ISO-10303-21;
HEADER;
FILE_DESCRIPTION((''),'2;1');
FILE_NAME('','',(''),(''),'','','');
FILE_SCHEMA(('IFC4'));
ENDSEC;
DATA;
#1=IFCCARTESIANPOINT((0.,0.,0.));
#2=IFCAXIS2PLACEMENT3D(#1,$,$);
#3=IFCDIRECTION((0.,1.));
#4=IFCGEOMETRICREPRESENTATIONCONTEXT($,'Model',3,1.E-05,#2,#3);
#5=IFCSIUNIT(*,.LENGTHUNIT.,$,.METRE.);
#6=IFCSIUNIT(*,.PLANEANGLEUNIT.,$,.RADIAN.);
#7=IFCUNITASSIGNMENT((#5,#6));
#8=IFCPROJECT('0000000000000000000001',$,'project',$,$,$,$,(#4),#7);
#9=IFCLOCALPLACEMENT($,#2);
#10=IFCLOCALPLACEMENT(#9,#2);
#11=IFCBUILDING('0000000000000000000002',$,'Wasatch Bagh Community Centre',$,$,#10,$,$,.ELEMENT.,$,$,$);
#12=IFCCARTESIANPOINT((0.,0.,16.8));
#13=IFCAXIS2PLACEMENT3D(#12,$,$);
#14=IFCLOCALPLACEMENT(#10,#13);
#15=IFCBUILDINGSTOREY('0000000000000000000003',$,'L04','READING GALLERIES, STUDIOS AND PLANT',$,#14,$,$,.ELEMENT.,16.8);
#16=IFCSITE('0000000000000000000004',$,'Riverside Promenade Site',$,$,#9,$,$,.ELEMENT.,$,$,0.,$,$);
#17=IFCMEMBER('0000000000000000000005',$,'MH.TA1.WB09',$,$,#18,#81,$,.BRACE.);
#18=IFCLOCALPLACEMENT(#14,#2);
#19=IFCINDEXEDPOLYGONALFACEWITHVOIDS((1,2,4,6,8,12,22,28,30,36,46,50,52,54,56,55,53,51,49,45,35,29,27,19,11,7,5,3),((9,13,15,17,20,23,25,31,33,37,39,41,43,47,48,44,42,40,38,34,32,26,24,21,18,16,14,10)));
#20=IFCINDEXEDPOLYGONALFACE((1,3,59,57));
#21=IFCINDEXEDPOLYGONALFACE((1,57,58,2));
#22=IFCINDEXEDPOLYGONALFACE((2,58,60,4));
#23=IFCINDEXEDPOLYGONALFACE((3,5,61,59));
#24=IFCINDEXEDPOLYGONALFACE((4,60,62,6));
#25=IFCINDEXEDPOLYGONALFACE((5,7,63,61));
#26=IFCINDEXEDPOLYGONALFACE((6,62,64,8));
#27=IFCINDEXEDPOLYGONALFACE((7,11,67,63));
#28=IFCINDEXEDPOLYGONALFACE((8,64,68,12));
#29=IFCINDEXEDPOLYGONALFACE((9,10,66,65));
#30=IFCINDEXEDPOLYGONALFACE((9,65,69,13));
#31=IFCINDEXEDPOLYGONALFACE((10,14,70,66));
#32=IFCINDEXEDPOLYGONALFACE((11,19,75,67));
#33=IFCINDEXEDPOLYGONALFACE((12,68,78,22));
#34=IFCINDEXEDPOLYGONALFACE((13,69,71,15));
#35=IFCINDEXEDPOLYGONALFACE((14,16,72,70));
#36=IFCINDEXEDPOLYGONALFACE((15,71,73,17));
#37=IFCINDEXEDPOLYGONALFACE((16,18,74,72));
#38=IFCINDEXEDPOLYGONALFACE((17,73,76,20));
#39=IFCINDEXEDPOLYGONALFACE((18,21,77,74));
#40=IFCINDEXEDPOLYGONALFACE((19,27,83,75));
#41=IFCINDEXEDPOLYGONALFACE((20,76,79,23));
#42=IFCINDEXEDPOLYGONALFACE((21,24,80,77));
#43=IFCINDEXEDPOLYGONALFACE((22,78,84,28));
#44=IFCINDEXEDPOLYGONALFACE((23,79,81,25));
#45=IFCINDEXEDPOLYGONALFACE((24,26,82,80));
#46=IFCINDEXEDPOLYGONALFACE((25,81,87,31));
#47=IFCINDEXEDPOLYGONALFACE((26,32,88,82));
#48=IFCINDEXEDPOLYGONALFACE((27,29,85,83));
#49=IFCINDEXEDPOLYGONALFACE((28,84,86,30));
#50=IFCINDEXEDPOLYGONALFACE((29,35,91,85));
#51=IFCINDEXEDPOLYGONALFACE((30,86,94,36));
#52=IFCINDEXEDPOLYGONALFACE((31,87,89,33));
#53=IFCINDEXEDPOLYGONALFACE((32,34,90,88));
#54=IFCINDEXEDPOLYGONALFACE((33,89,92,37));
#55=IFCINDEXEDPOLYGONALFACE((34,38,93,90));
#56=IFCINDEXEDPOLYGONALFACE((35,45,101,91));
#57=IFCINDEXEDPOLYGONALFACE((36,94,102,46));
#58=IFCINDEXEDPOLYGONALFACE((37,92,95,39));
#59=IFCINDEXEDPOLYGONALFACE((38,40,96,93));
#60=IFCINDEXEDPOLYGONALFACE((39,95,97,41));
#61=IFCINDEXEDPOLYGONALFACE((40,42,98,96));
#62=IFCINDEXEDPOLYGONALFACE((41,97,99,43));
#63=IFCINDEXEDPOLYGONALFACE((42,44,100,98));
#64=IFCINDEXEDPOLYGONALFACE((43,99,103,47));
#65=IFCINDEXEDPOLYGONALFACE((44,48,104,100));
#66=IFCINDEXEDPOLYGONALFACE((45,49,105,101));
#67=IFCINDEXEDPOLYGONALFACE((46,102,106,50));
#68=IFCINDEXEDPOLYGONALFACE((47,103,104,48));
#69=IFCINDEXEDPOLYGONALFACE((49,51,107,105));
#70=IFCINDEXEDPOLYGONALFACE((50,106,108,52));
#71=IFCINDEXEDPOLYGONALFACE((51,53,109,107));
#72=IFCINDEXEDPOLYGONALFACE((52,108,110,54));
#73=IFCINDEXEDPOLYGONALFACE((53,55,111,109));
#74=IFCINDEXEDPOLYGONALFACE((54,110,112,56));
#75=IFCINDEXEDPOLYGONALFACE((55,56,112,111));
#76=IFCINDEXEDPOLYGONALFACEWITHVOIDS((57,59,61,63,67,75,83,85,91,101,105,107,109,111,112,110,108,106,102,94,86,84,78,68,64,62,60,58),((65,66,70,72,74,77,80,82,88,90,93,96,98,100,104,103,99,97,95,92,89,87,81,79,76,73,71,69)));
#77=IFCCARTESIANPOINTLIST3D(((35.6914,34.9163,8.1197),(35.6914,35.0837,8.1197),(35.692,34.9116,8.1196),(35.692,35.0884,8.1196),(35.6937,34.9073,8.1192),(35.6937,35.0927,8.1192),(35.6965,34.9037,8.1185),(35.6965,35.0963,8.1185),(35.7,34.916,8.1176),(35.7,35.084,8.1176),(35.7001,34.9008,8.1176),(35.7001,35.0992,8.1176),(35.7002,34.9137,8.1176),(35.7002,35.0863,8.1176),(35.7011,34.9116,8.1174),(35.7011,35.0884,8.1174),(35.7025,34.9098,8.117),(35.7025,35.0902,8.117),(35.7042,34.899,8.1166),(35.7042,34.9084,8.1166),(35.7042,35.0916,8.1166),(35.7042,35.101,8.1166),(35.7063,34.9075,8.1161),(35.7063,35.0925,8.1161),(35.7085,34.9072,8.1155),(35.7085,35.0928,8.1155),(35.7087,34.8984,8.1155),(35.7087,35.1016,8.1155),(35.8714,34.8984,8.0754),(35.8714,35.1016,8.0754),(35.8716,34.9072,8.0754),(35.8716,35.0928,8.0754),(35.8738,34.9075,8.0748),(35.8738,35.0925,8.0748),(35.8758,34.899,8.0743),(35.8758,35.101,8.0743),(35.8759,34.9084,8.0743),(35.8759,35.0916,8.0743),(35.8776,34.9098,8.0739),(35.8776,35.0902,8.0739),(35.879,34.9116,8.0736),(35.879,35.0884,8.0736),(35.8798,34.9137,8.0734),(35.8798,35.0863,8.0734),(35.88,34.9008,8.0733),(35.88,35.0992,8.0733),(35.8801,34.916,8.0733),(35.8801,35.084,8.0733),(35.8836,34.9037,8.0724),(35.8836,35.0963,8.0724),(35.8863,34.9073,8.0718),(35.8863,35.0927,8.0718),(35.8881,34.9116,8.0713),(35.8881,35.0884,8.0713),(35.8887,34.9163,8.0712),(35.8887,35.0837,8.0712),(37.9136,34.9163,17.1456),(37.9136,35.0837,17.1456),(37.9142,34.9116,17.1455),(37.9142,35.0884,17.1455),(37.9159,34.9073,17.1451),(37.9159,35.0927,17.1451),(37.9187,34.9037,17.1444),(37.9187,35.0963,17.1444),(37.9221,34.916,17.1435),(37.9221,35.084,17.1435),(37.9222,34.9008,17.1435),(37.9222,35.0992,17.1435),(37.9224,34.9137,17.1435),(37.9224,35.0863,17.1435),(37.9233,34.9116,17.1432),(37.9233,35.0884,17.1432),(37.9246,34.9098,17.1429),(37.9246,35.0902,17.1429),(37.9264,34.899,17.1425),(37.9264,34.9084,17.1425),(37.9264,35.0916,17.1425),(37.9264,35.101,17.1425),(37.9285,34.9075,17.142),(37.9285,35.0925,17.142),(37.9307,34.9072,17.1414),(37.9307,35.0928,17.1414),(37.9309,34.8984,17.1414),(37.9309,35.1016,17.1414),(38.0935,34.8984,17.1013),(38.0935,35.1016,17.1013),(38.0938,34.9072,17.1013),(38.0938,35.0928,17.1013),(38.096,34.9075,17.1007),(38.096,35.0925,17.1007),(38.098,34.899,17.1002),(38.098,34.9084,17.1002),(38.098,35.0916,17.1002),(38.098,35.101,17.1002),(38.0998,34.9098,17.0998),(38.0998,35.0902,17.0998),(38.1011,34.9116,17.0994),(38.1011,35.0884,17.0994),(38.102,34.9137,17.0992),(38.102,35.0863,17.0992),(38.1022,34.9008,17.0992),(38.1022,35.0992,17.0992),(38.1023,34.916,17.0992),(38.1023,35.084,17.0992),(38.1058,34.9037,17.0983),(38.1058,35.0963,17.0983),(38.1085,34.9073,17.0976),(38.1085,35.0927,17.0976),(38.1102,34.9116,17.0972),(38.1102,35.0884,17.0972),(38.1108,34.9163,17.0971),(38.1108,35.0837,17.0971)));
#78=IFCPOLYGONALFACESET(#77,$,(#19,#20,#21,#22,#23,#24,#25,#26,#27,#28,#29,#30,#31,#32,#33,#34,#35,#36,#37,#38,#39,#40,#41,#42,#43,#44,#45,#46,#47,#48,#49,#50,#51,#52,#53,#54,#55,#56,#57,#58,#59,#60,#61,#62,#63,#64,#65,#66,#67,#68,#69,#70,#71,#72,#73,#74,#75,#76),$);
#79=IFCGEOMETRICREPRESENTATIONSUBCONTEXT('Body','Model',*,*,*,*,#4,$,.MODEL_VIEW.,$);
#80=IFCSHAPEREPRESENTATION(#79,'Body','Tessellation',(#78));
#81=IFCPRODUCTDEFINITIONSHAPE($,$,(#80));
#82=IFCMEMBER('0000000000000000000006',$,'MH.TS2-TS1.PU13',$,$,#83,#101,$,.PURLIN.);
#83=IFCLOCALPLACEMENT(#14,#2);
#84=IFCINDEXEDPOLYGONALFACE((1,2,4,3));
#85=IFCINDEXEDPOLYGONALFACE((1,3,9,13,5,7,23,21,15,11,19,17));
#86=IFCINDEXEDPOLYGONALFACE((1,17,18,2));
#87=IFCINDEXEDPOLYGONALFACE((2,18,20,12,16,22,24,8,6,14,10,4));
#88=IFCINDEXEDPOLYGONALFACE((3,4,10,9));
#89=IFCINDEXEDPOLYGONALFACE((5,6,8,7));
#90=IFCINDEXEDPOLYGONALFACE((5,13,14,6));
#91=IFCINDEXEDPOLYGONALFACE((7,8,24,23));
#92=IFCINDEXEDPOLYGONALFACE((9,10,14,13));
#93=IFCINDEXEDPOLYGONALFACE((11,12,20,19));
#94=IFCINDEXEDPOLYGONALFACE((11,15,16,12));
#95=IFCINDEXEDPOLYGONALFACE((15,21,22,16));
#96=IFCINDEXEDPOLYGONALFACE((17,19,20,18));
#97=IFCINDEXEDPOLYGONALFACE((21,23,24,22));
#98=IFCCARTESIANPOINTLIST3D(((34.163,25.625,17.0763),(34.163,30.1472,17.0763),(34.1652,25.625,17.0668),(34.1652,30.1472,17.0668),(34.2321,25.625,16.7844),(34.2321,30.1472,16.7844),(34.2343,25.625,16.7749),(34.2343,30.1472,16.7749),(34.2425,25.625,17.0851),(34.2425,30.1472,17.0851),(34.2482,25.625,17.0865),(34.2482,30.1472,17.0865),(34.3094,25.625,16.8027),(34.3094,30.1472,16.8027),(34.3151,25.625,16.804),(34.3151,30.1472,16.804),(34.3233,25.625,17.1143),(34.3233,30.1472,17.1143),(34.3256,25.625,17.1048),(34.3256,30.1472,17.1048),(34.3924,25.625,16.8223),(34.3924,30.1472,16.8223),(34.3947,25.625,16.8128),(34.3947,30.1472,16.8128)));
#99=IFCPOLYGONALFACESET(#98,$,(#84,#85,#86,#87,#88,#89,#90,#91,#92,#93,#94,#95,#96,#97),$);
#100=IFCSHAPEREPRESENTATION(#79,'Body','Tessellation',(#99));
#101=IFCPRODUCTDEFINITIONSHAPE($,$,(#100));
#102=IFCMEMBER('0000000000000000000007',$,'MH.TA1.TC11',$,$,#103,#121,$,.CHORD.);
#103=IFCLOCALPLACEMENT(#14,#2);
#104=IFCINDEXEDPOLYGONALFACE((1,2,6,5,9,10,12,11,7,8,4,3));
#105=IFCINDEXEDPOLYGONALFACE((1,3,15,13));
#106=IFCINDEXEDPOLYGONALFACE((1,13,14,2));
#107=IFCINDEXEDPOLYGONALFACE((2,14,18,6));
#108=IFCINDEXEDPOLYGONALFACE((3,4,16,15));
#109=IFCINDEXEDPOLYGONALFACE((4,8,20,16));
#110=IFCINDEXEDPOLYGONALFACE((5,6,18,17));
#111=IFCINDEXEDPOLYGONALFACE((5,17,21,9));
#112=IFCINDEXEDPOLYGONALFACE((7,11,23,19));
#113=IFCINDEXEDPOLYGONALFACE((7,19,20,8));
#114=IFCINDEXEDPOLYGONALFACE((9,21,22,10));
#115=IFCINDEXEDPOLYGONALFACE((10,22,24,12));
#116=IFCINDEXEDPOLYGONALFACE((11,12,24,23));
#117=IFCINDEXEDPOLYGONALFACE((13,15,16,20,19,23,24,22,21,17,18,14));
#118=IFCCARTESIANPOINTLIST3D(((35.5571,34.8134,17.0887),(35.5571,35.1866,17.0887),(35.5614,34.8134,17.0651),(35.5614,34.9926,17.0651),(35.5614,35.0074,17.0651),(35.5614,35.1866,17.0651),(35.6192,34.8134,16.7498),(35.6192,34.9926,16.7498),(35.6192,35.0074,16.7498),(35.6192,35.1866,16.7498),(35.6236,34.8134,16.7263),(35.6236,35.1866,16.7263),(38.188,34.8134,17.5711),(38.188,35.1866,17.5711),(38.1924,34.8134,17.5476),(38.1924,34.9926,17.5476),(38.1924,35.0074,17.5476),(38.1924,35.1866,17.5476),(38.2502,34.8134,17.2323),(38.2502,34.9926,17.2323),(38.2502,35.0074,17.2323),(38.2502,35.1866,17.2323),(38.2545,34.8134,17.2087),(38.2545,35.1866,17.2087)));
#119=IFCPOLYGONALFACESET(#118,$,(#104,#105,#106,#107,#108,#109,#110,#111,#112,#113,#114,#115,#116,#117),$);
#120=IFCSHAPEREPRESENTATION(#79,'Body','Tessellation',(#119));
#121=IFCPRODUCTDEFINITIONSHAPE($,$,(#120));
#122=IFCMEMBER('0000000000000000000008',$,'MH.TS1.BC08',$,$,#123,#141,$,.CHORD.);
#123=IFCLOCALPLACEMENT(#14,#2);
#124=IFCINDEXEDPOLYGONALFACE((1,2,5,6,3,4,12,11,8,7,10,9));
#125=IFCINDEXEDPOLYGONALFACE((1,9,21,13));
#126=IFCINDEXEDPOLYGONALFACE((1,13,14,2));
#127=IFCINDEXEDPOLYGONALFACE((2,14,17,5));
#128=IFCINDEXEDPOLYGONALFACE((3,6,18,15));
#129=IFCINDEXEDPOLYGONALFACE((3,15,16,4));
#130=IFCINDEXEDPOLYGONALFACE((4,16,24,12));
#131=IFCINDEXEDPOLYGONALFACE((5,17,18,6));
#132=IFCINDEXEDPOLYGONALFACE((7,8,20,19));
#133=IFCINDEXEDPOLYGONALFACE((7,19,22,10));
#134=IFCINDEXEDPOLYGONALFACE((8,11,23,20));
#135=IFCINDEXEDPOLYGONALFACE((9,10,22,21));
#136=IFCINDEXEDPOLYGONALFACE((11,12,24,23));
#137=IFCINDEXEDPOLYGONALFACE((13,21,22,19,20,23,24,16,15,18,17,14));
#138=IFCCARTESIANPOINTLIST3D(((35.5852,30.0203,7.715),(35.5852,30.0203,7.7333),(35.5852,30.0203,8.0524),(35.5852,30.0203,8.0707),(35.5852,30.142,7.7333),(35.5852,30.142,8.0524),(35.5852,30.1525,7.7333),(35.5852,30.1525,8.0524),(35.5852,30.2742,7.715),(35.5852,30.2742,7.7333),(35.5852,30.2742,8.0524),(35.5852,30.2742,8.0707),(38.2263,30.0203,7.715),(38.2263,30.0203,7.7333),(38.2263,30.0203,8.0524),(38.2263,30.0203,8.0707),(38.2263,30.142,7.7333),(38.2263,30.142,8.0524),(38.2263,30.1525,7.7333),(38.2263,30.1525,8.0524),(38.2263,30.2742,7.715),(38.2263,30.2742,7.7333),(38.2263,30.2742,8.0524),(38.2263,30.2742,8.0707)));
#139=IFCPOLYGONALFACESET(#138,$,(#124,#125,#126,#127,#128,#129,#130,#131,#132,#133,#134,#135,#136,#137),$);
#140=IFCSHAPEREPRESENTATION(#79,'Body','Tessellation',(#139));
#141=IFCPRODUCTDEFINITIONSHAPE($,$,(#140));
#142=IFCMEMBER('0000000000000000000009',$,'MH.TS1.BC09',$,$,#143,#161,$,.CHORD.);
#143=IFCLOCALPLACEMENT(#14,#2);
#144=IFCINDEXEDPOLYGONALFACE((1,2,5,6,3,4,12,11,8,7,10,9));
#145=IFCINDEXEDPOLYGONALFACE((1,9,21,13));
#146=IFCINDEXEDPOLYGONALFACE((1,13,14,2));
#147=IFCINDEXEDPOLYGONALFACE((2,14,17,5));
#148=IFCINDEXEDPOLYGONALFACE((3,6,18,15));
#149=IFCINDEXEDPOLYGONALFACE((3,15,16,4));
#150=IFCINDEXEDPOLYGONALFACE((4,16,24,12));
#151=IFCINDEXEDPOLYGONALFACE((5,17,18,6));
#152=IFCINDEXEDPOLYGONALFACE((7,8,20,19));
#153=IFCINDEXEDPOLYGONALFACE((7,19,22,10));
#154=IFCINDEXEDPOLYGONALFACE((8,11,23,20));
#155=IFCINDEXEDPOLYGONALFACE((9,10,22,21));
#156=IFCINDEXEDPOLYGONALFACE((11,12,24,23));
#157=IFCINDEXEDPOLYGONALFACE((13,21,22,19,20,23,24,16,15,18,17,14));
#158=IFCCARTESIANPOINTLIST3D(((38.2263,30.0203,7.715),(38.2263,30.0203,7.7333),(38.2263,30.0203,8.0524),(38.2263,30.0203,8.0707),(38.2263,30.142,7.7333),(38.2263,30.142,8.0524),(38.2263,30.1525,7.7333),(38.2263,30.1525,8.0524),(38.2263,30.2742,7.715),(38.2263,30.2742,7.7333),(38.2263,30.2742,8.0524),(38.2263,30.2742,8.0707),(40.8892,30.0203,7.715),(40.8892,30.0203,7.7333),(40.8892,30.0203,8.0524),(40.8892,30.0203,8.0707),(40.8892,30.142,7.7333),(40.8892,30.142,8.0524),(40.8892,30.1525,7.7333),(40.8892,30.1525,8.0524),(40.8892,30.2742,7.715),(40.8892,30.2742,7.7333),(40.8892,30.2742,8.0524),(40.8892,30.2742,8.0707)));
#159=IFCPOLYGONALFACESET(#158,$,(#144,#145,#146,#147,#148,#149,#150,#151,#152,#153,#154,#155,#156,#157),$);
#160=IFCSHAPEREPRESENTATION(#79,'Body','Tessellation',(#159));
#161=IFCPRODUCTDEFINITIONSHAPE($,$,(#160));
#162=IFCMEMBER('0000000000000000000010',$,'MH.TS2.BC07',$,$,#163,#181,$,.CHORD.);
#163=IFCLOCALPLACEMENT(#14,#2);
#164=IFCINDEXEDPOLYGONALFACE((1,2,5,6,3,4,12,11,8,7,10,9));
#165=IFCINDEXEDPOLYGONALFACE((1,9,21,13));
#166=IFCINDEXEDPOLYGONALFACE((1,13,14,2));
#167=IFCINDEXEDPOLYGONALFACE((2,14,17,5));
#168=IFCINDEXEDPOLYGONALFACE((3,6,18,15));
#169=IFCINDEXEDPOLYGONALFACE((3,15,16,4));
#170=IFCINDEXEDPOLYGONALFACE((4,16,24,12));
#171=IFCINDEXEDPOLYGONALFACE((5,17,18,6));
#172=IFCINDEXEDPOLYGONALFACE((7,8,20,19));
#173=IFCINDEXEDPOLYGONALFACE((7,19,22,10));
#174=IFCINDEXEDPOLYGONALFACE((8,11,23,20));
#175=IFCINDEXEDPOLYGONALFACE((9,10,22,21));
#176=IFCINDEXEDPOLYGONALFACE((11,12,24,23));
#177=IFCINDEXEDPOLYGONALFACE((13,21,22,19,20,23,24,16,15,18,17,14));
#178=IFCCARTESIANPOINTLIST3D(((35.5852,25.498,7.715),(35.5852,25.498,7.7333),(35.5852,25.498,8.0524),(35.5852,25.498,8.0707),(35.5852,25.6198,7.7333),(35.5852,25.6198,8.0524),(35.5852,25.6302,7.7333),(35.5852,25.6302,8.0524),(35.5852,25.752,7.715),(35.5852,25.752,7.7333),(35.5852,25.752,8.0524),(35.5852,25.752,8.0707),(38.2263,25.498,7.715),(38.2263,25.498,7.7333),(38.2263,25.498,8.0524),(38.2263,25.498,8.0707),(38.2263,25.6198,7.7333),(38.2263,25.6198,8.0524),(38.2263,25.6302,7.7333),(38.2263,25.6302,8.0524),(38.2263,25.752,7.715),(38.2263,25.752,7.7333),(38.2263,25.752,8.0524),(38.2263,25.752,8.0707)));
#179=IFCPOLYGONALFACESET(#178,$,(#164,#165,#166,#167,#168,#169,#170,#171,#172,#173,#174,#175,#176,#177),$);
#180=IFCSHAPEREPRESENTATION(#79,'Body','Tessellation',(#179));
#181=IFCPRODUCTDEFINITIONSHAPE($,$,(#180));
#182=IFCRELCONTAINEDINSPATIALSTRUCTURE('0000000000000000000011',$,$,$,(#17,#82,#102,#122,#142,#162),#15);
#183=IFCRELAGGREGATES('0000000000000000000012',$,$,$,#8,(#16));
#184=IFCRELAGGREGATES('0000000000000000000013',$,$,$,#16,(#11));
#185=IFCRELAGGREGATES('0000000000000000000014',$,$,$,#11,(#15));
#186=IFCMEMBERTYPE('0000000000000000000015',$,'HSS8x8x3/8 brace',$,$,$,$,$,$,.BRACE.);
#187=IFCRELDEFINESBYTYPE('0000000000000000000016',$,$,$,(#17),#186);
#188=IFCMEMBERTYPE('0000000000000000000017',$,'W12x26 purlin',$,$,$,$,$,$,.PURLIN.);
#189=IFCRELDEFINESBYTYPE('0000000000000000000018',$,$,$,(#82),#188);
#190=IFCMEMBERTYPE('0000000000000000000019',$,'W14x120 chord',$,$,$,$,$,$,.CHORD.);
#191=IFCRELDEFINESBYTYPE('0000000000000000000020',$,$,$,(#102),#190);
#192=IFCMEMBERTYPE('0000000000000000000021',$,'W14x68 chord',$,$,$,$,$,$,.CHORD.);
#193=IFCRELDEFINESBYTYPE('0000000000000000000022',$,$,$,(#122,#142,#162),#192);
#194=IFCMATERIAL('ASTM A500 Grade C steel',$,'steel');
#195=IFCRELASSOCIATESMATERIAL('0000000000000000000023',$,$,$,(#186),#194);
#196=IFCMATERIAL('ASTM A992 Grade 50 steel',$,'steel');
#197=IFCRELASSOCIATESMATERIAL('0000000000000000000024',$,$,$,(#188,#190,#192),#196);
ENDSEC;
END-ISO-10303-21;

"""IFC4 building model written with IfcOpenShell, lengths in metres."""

from ifc_helpers import new_model, si_unit, direction, frame, origin, origin_2d, place, context, subcontext, project, spatial, hollow_rectangle, i_section, extrude, material, material_profile, profile_set, type_object, element, save


model = new_model("IFC4")

# Units and contexts
model_context = context("Model", 3, precision=1e-05, world=origin(), true_north=direction((0.0, 1.0)))
body_context = subcontext(model_context, "Body", "Model", "MODEL_VIEW")
ifc_project = project(units=[si_unit("LENGTHUNIT", "METRE"), si_unit("PLANEANGLEUNIT", "RADIAN")], contexts=[model_context])

# Site, building, storey
site_placement = place(None, origin())
site = spatial("IfcSite", under=ifc_project, at=site_placement, Name="Riverside Promenade Site", CompositionType="ELEMENT", RefElevation=0.0)
building_placement = place(site_placement, origin())
building = spatial("IfcBuilding", under=site, at=building_placement, Name="Wasatch Bagh Community Centre", CompositionType="ELEMENT")
storey_placement = place(building_placement, frame((0.0, 0.0, 16.8)))
storey = spatial("IfcBuildingStorey", under=building, at=storey_placement, Name="L04", Description="READING GALLERIES, STUDIOS AND PLANT", CompositionType="ELEMENT", Elevation=16.8)

# Members
ifc_material_1 = material(Name="ASTM A500 Grade C steel", Category="steel")
ifc_material_profile_1 = material_profile(ifc_material_1, hollow_rectangle(XDim=0.2031, YDim=0.2031, WallThickness=0.0088, InnerFilletRadius=0.0088, OuterFilletRadius=0.0178, at=origin_2d()), Name="HSS8x8x3/8")
ifc_profile_set_1 = profile_set([ifc_material_profile_1], Name="ASTM A500 Grade C steel")
member_type_1 = type_object("IfcMemberType", Name="HSS8x8x3/8 brace", PredefinedType="BRACE", material=ifc_profile_set_1)
member_1_placement = place(storey_placement, frame((35.79, 35.0, 8.0955), z_axis=(0.239061, 0.0, 0.971005), x_axis=(0.0, 1.0, 0.0)))
element("IfcMember", 1, at=member_1_placement, inside=storey, type_object=member_type_1, Name="MH.TA1.WB09", PredefinedType="BRACE", context=body_context, shape_type="SweptSolid", body=[
    extrude(hollow_rectangle(XDim=0.2031, YDim=0.2031, WallThickness=0.0088, InnerFilletRadius=0.0088, OuterFilletRadius=0.0178, at=origin_2d()), origin(), (0.0, 0.0, 1.0), 9.2954),
])
ifc_material_2 = material(Name="ASTM A992 Grade 50 steel", Category="steel")
ifc_material_profile_2 = material_profile(ifc_material_2, i_section(OverallWidth=0.1648, OverallDepth=0.3098, WebThickness=0.0059, FlangeThickness=0.0098, at=origin_2d()), Name="W12x26")
ifc_profile_set_2 = profile_set([ifc_material_profile_2], Name="ASTM A992 Grade 50 steel")
member_type_2 = type_object("IfcMemberType", Name="W12x26 purlin", PredefinedType="PURLIN", material=ifc_profile_set_2)
member_2_placement = place(storey_placement, frame((34.2788, 25.625, 16.9446), z_axis=(0.0, 1.0, 0.0), x_axis=(-0.973122, 0.0, -0.230292)))
element("IfcMember", 2, at=member_2_placement, inside=storey, type_object=member_type_2, Name="MH.TS2-TS1.PU13", PredefinedType="PURLIN", context=body_context, shape_type="SweptSolid", body=[
    extrude(i_section(OverallWidth=0.1648, OverallDepth=0.3098, WebThickness=0.0059, FlangeThickness=0.0098, at=origin_2d()), origin(), (0.0, 0.0, 1.0), 4.5222),
])
ifc_material_profile_3 = material_profile(ifc_material_2, i_section(OverallWidth=0.3733, OverallDepth=0.3684, WebThickness=0.0149, FlangeThickness=0.0239, at=origin_2d()), Name="W14x120")
ifc_profile_set_3 = profile_set([ifc_material_profile_3], Name="ASTM A992 Grade 50 steel")
member_type_3 = type_object("IfcMemberType", Name="W14x120 chord", PredefinedType="CHORD", material=ifc_profile_set_3)
member_3_placement = place(storey_placement, frame((35.5903, 35.0, 16.9075), z_axis=(0.9836, 0.0, 0.180363), x_axis=(0.0, 1.0, 0.0)))
element("IfcMember", 3, at=member_3_placement, inside=storey, type_object=member_type_3, Name="MH.TA1.TC11", PredefinedType="CHORD", context=body_context, shape_type="SweptSolid", body=[
    extrude(i_section(OverallWidth=0.3733, OverallDepth=0.3684, WebThickness=0.0149, FlangeThickness=0.0239, at=origin_2d()), origin(), (0.0, 0.0, 1.0), 2.6748),
])
ifc_material_profile_4 = material_profile(ifc_material_2, i_section(OverallWidth=0.2539, OverallDepth=0.3557, WebThickness=0.0105, FlangeThickness=0.0183, at=origin_2d()), Name="W14x68")
ifc_profile_set_4 = profile_set([ifc_material_profile_4], Name="ASTM A992 Grade 50 steel")
member_type_4 = type_object("IfcMemberType", Name="W14x68 chord", PredefinedType="CHORD", material=ifc_profile_set_4)
member_4_placement = place(storey_placement, frame((35.5852, 30.1472, 7.8928), z_axis=(1.0, 0.0, 0.0), x_axis=(0.0, 1.0, 0.0)))
element("IfcMember", 4, at=member_4_placement, inside=storey, type_object=member_type_4, Name="MH.TS1.BC08", PredefinedType="CHORD", context=body_context, shape_type="SweptSolid", body=[
    extrude(i_section(OverallWidth=0.2539, OverallDepth=0.3557, WebThickness=0.0105, FlangeThickness=0.0183, at=origin_2d()), origin(), (0.0, 0.0, 1.0), 2.6411),
])
member_5_placement = place(storey_placement, frame((38.2263, 30.1472, 7.8928), z_axis=(1.0, 0.0, 0.0), x_axis=(0.0, 1.0, 0.0)))
element("IfcMember", 5, at=member_5_placement, inside=storey, type_object=member_type_4, Name="MH.TS1.BC09", PredefinedType="CHORD", context=body_context, shape_type="SweptSolid", body=[
    extrude(i_section(OverallWidth=0.2539, OverallDepth=0.3557, WebThickness=0.0105, FlangeThickness=0.0183, at=origin_2d()), origin(), (0.0, 0.0, 1.0), 2.6628),
])
member_6_placement = place(storey_placement, frame((35.5852, 25.625, 7.8928), z_axis=(1.0, 0.0, 0.0), x_axis=(0.0, 1.0, 0.0)))
element("IfcMember", 6, at=member_6_placement, inside=storey, type_object=member_type_4, Name="MH.TS2.BC07", PredefinedType="CHORD", context=body_context, shape_type="SweptSolid", body=[
    extrude(i_section(OverallWidth=0.2539, OverallDepth=0.3557, WebThickness=0.0105, FlangeThickness=0.0183, at=origin_2d()), origin(), (0.0, 0.0, 1.0), 2.6411),
])

save(model, "model.ifc")
